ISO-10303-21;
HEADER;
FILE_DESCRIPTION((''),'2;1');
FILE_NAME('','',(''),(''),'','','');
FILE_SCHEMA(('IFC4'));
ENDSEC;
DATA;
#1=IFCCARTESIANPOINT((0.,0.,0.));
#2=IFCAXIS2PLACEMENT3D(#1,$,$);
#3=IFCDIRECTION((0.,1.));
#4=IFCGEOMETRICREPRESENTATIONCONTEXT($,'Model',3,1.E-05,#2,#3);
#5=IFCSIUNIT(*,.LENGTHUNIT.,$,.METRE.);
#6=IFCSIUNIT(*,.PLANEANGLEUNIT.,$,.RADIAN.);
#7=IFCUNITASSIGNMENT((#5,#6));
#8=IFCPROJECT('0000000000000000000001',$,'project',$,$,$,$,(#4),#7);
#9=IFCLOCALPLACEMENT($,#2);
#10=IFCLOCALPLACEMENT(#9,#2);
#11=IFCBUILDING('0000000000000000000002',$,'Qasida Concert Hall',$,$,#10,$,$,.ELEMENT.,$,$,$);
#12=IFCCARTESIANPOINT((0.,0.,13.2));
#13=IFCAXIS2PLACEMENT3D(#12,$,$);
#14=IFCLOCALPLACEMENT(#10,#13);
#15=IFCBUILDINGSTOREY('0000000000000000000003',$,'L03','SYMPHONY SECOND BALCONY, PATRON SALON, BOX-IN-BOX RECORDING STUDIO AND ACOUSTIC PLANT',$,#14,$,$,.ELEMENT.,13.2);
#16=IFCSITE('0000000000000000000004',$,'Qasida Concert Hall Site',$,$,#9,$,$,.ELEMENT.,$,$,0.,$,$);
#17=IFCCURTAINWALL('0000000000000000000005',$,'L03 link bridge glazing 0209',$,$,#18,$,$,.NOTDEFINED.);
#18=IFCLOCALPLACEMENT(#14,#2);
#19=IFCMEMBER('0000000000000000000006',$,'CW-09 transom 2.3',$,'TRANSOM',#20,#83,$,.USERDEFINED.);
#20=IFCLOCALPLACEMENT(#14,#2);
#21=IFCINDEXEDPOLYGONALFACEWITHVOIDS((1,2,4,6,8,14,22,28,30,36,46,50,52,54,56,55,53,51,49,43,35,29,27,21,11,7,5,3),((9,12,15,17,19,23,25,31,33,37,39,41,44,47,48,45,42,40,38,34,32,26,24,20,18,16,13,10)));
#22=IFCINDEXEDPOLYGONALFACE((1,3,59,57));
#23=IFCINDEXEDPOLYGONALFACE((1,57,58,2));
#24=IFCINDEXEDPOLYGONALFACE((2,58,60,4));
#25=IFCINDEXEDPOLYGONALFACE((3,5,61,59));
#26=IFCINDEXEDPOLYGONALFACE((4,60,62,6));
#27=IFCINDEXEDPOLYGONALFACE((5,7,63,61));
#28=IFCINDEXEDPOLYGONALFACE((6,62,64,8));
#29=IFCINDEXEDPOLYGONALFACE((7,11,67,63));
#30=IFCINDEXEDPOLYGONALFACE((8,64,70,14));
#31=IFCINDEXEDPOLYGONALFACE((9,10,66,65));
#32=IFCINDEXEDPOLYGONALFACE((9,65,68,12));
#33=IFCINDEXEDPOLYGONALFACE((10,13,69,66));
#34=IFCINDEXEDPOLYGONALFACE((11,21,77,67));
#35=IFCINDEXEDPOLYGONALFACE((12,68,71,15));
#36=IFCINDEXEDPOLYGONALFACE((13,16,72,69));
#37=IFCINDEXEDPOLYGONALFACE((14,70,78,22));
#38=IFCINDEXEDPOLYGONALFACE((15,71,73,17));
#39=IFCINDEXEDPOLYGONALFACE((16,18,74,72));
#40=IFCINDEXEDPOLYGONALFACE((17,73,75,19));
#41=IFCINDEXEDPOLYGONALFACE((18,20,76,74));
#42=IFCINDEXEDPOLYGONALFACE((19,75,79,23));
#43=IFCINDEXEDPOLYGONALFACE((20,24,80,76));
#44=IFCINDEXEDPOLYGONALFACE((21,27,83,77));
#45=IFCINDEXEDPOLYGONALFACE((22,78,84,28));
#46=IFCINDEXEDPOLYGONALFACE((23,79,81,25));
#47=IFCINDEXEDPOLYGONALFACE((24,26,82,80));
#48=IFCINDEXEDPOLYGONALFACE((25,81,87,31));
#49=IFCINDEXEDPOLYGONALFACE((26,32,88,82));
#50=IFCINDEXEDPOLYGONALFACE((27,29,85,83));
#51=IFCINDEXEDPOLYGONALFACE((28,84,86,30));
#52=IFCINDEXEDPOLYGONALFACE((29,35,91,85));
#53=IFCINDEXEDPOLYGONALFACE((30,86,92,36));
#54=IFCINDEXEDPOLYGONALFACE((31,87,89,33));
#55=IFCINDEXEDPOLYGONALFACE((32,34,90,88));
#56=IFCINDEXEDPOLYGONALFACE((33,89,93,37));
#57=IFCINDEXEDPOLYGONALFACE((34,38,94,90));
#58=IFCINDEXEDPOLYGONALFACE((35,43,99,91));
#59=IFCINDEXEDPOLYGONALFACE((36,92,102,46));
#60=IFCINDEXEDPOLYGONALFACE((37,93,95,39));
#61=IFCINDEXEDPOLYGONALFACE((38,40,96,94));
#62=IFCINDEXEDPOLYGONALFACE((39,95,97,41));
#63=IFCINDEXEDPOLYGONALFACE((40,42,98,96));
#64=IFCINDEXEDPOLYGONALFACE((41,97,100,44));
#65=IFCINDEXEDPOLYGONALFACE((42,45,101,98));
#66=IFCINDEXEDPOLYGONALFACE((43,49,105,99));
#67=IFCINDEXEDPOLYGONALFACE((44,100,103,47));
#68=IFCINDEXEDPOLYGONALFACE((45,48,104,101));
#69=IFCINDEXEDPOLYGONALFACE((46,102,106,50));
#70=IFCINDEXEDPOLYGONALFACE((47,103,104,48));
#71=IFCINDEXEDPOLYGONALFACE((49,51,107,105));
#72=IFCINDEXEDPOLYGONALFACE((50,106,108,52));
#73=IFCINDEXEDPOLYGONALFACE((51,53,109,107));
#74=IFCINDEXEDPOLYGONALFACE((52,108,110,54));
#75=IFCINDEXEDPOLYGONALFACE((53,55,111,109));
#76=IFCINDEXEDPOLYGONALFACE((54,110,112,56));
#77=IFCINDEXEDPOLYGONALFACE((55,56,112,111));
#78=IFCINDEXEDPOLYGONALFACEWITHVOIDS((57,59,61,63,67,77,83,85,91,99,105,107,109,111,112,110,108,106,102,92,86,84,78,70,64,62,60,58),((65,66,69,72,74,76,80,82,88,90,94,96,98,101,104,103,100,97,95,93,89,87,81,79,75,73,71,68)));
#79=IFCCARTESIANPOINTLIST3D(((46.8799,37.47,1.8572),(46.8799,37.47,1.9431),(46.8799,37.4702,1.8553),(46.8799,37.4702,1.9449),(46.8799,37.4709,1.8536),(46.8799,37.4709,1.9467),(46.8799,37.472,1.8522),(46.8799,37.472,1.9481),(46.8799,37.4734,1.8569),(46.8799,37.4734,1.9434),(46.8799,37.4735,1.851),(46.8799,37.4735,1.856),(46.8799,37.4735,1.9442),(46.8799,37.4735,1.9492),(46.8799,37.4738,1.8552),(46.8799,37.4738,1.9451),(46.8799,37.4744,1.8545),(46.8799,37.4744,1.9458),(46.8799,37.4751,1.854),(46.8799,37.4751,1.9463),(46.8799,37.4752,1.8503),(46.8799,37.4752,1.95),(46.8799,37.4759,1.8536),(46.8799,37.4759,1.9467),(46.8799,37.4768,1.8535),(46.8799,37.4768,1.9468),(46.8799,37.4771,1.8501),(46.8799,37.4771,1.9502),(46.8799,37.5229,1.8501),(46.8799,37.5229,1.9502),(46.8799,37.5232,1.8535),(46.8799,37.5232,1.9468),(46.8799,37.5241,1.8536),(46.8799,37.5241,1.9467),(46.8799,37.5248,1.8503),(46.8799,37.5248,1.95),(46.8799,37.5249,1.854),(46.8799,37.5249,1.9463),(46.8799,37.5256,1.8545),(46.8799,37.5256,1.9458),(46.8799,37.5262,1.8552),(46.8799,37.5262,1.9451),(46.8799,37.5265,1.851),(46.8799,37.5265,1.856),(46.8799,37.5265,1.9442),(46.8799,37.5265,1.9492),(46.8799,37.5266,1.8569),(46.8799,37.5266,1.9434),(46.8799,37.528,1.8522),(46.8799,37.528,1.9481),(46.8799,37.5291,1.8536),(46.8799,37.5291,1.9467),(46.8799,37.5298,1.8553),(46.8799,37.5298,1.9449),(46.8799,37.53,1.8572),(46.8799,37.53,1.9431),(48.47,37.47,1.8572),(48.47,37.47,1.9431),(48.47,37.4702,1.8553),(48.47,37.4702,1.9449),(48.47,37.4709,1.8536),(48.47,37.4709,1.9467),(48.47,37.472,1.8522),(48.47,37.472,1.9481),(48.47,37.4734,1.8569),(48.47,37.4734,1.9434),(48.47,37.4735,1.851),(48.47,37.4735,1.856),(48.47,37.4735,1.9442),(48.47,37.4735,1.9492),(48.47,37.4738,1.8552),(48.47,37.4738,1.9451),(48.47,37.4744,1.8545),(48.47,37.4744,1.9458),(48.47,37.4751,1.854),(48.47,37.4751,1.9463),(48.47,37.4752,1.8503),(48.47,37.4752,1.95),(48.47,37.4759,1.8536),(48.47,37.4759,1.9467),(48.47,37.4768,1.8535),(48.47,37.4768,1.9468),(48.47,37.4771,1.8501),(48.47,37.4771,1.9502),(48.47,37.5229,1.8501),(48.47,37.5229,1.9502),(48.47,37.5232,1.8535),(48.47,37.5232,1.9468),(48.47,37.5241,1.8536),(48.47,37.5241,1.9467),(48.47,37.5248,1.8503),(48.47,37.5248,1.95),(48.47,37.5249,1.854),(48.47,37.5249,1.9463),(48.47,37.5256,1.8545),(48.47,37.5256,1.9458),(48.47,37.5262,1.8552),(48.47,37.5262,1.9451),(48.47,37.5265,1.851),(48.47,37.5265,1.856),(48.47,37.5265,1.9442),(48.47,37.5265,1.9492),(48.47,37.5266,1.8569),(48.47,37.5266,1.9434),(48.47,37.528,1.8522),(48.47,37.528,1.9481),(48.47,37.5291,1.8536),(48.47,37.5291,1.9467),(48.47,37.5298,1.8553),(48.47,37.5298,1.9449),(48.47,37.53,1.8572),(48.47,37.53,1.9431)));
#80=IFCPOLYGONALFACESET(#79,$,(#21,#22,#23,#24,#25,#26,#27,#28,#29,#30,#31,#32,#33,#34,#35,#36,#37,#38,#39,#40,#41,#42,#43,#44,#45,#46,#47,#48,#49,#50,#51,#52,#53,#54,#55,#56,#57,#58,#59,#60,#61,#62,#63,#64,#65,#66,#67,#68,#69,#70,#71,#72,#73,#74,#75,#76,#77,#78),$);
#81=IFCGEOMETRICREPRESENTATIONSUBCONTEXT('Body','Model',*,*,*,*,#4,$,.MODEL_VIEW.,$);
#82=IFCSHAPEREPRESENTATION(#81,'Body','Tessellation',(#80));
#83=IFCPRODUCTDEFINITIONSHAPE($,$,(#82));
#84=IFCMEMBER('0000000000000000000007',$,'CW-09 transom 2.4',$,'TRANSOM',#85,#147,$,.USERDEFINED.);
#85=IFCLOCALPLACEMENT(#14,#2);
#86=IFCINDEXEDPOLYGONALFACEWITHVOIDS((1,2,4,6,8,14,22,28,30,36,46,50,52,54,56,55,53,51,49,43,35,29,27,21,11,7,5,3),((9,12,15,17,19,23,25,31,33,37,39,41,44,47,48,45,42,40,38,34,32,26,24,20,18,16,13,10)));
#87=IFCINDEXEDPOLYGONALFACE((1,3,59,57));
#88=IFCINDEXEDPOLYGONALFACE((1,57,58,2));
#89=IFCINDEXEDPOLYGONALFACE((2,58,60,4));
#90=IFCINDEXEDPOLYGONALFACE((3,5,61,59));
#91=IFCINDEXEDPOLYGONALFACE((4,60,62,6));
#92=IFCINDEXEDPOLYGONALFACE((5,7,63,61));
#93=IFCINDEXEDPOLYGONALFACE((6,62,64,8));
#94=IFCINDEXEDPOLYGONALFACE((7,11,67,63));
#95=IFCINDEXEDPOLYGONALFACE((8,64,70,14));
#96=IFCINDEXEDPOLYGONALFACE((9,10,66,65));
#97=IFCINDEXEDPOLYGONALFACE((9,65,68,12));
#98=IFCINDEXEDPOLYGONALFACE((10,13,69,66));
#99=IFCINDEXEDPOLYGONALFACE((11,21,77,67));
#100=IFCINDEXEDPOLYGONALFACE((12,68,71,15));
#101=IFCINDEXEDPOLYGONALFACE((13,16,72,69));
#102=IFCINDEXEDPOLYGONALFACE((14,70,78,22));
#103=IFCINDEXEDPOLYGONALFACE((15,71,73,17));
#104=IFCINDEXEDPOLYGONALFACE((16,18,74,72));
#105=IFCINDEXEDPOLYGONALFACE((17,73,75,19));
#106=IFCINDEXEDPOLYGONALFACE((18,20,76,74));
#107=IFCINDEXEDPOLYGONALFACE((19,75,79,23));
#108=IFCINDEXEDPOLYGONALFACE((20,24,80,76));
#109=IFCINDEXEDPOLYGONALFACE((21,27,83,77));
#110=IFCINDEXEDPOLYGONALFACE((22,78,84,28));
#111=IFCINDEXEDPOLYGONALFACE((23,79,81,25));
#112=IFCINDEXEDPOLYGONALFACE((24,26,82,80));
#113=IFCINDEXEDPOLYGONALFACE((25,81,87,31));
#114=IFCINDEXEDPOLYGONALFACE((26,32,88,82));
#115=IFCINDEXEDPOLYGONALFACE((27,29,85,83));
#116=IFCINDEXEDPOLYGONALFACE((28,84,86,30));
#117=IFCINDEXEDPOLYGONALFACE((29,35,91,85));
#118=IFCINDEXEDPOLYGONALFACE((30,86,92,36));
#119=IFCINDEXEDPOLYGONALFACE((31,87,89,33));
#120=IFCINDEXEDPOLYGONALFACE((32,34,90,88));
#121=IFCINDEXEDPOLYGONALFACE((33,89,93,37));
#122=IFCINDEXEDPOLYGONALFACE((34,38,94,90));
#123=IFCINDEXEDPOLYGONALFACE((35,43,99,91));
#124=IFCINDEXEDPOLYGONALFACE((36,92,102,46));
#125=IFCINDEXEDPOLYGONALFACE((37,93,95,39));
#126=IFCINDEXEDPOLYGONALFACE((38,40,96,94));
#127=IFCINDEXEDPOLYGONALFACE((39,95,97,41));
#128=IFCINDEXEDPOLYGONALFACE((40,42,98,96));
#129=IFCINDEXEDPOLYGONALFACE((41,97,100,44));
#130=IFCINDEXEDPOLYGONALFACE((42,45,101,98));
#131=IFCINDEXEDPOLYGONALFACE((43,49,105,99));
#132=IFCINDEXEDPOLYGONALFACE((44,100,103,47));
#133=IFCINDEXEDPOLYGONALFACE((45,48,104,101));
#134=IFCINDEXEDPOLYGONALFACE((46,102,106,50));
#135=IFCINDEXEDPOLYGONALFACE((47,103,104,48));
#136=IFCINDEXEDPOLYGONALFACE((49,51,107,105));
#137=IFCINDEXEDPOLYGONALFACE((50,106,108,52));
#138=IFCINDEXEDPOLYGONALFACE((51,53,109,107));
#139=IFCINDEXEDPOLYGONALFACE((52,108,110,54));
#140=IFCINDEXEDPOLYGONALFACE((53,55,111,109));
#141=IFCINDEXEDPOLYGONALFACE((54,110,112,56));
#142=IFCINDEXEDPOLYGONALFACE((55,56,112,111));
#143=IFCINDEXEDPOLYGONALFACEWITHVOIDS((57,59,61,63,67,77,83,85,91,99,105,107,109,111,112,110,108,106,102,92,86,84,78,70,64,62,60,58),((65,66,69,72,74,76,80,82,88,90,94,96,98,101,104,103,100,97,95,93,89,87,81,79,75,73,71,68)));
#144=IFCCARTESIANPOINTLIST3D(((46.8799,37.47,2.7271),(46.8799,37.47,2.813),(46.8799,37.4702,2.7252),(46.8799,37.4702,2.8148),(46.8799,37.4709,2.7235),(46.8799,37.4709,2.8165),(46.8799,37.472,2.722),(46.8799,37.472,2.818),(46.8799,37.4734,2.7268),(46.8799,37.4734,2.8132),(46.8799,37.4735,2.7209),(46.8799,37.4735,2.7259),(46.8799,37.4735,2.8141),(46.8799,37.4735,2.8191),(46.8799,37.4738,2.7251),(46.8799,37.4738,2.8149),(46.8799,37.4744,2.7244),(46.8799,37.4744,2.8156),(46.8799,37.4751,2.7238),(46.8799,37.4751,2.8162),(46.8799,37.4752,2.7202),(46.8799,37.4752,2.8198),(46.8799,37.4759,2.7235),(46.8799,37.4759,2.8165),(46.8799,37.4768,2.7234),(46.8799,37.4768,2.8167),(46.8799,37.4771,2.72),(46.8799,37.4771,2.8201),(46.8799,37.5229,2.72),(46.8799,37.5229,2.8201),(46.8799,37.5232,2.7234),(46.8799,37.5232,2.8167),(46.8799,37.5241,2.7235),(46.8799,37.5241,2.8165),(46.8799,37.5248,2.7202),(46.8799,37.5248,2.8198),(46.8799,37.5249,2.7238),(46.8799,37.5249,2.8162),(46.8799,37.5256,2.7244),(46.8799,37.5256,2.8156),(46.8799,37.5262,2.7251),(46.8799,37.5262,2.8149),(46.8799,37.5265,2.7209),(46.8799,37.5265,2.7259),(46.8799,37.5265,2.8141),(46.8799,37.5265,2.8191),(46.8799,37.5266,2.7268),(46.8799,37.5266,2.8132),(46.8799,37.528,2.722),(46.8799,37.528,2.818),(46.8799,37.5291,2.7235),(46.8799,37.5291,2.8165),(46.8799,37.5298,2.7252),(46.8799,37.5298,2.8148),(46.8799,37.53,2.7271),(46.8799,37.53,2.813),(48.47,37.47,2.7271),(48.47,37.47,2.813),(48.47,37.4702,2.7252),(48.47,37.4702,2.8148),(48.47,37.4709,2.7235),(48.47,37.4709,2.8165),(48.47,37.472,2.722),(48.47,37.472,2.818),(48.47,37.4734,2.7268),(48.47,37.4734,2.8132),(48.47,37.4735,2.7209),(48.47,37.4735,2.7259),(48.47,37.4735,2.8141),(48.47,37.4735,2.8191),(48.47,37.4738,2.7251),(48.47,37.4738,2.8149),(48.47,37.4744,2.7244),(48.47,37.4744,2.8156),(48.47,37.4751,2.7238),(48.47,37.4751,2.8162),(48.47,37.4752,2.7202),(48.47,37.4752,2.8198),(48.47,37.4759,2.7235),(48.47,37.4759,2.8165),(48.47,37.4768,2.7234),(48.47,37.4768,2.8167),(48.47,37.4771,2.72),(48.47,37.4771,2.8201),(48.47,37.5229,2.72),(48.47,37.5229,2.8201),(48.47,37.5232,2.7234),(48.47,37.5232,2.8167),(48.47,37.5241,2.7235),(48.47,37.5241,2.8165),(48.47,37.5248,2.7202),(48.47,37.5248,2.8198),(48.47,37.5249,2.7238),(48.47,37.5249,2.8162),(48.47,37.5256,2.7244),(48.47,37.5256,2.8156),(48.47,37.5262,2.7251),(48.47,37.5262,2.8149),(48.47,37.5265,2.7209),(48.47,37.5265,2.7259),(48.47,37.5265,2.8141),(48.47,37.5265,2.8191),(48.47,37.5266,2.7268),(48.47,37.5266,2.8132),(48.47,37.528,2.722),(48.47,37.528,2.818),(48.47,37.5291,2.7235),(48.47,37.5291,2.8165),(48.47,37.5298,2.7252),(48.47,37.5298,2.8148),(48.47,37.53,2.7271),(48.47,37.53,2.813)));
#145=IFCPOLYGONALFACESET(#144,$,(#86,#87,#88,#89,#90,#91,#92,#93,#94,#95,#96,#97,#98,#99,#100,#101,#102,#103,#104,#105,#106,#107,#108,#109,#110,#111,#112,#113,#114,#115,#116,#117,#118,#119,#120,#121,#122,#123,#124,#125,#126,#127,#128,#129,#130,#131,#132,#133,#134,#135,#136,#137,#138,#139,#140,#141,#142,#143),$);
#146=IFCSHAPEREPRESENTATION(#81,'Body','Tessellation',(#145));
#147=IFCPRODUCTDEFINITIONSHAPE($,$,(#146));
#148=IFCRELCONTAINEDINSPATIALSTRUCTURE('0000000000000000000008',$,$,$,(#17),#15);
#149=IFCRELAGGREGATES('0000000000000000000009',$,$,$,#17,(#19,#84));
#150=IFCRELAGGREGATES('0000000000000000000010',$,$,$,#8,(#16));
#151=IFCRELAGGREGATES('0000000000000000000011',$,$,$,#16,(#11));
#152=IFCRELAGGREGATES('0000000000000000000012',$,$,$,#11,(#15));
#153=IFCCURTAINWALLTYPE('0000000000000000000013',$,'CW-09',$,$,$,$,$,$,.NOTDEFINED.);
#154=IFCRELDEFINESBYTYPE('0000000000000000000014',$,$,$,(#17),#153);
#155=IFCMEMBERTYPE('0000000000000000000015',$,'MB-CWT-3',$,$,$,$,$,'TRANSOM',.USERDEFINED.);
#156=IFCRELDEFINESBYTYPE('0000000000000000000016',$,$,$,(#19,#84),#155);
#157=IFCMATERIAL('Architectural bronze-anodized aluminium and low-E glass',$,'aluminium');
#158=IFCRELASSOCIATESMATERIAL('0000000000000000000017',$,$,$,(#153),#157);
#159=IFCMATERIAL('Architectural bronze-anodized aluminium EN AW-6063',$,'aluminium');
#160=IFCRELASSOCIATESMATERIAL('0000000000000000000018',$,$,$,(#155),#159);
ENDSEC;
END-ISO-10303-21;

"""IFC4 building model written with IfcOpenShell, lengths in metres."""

from ifc_helpers import new_model, si_unit, direction, frame, origin, origin_2d, place, context, subcontext, project, spatial, hollow_rectangle, extrude, material, material_profile, profile_set, type_object, element, aggregate, save


model = new_model("IFC4")

# Units and contexts
model_context = context("Model", 3, precision=1e-05, world=origin(), true_north=direction((0.0, 1.0)))
body_context = subcontext(model_context, "Body", "Model", "MODEL_VIEW")
ifc_project = project(units=[si_unit("LENGTHUNIT", "METRE"), si_unit("PLANEANGLEUNIT", "RADIAN")], contexts=[model_context])

# Site, building, storey
site_placement = place(None, origin())
site = spatial("IfcSite", under=ifc_project, at=site_placement, Name="Qasida Concert Hall Site", CompositionType="ELEMENT", RefElevation=0.0)
building_placement = place(site_placement, origin())
building = spatial("IfcBuilding", under=site, at=building_placement, Name="Qasida Concert Hall", CompositionType="ELEMENT")
storey_placement = place(building_placement, frame((0.0, 0.0, 13.2)))
storey = spatial("IfcBuildingStorey", under=building, at=storey_placement, Name="L03", Description="SYMPHONY SECOND BALCONY, PATRON SALON, BOX-IN-BOX RECORDING STUDIO AND ACOUSTIC PLANT", CompositionType="ELEMENT", Elevation=13.2)

# Curtain wall, members
ifc_material_1 = material(Name="Architectural bronze-anodized aluminium and low-E glass", Category="aluminium")
curtain_wall_type = type_object("IfcCurtainWallType", Name="CW-09", PredefinedType="NOTDEFINED", material=ifc_material_1)
curtain_wall_placement = place(storey_placement, origin())
curtain_wall = element("IfcCurtainWall", 1, at=curtain_wall_placement, inside=storey, type_object=curtain_wall_type, Name="L03 link bridge glazing 0209", PredefinedType="NOTDEFINED")
ifc_material_2 = material(Name="Architectural bronze-anodized aluminium EN AW-6063", Category="aluminium")
ifc_material_profile_1 = material_profile(ifc_material_2, hollow_rectangle(XDim=0.0601, YDim=0.1001, WallThickness=0.0034, InnerFilletRadius=0.0034, OuterFilletRadius=0.0071, at=origin_2d()), Name="CWT 100x60x3.5")
ifc_profile_set_1 = profile_set([ifc_material_profile_1], Name="Architectural bronze-anodized aluminium EN AW-6063")
member_type_1 = type_object("IfcMemberType", Name="MB-CWT-3", ElementType="TRANSOM", PredefinedType="USERDEFINED", material=ifc_profile_set_1)
member_1_placement = place(storey_placement, frame((46.8799, 37.5, 1.9001), z_axis=(1.0, 0.0, 0.0), x_axis=(0.0, 1.0, 0.0)))
member_1 = element("IfcMember", 2, at=member_1_placement, type_object=member_type_1, Name="CW-09 transom 2.3", ObjectType="TRANSOM", PredefinedType="USERDEFINED", context=body_context, shape_type="SweptSolid", body=[
    extrude(hollow_rectangle(XDim=0.0601, YDim=0.1001, WallThickness=0.0034, InnerFilletRadius=0.0034, OuterFilletRadius=0.0071, at=origin_2d()), origin(), (0.0, 0.0, 1.0), 1.5901),
])
member_2_placement = place(storey_placement, frame((46.8799, 37.5, 2.77), z_axis=(1.0, 0.0, 0.0), x_axis=(0.0, 1.0, 0.0)))
member_2 = element("IfcMember", 3, at=member_2_placement, type_object=member_type_1, Name="CW-09 transom 2.4", ObjectType="TRANSOM", PredefinedType="USERDEFINED", context=body_context, shape_type="SweptSolid", body=[
    extrude(hollow_rectangle(XDim=0.0601, YDim=0.1001, WallThickness=0.0034, InnerFilletRadius=0.0034, OuterFilletRadius=0.0071, at=origin_2d()), origin(), (0.0, 0.0, 1.0), 1.5901),
])
aggregate(curtain_wall, [member_1, member_2])

save(model, "model.ifc")
